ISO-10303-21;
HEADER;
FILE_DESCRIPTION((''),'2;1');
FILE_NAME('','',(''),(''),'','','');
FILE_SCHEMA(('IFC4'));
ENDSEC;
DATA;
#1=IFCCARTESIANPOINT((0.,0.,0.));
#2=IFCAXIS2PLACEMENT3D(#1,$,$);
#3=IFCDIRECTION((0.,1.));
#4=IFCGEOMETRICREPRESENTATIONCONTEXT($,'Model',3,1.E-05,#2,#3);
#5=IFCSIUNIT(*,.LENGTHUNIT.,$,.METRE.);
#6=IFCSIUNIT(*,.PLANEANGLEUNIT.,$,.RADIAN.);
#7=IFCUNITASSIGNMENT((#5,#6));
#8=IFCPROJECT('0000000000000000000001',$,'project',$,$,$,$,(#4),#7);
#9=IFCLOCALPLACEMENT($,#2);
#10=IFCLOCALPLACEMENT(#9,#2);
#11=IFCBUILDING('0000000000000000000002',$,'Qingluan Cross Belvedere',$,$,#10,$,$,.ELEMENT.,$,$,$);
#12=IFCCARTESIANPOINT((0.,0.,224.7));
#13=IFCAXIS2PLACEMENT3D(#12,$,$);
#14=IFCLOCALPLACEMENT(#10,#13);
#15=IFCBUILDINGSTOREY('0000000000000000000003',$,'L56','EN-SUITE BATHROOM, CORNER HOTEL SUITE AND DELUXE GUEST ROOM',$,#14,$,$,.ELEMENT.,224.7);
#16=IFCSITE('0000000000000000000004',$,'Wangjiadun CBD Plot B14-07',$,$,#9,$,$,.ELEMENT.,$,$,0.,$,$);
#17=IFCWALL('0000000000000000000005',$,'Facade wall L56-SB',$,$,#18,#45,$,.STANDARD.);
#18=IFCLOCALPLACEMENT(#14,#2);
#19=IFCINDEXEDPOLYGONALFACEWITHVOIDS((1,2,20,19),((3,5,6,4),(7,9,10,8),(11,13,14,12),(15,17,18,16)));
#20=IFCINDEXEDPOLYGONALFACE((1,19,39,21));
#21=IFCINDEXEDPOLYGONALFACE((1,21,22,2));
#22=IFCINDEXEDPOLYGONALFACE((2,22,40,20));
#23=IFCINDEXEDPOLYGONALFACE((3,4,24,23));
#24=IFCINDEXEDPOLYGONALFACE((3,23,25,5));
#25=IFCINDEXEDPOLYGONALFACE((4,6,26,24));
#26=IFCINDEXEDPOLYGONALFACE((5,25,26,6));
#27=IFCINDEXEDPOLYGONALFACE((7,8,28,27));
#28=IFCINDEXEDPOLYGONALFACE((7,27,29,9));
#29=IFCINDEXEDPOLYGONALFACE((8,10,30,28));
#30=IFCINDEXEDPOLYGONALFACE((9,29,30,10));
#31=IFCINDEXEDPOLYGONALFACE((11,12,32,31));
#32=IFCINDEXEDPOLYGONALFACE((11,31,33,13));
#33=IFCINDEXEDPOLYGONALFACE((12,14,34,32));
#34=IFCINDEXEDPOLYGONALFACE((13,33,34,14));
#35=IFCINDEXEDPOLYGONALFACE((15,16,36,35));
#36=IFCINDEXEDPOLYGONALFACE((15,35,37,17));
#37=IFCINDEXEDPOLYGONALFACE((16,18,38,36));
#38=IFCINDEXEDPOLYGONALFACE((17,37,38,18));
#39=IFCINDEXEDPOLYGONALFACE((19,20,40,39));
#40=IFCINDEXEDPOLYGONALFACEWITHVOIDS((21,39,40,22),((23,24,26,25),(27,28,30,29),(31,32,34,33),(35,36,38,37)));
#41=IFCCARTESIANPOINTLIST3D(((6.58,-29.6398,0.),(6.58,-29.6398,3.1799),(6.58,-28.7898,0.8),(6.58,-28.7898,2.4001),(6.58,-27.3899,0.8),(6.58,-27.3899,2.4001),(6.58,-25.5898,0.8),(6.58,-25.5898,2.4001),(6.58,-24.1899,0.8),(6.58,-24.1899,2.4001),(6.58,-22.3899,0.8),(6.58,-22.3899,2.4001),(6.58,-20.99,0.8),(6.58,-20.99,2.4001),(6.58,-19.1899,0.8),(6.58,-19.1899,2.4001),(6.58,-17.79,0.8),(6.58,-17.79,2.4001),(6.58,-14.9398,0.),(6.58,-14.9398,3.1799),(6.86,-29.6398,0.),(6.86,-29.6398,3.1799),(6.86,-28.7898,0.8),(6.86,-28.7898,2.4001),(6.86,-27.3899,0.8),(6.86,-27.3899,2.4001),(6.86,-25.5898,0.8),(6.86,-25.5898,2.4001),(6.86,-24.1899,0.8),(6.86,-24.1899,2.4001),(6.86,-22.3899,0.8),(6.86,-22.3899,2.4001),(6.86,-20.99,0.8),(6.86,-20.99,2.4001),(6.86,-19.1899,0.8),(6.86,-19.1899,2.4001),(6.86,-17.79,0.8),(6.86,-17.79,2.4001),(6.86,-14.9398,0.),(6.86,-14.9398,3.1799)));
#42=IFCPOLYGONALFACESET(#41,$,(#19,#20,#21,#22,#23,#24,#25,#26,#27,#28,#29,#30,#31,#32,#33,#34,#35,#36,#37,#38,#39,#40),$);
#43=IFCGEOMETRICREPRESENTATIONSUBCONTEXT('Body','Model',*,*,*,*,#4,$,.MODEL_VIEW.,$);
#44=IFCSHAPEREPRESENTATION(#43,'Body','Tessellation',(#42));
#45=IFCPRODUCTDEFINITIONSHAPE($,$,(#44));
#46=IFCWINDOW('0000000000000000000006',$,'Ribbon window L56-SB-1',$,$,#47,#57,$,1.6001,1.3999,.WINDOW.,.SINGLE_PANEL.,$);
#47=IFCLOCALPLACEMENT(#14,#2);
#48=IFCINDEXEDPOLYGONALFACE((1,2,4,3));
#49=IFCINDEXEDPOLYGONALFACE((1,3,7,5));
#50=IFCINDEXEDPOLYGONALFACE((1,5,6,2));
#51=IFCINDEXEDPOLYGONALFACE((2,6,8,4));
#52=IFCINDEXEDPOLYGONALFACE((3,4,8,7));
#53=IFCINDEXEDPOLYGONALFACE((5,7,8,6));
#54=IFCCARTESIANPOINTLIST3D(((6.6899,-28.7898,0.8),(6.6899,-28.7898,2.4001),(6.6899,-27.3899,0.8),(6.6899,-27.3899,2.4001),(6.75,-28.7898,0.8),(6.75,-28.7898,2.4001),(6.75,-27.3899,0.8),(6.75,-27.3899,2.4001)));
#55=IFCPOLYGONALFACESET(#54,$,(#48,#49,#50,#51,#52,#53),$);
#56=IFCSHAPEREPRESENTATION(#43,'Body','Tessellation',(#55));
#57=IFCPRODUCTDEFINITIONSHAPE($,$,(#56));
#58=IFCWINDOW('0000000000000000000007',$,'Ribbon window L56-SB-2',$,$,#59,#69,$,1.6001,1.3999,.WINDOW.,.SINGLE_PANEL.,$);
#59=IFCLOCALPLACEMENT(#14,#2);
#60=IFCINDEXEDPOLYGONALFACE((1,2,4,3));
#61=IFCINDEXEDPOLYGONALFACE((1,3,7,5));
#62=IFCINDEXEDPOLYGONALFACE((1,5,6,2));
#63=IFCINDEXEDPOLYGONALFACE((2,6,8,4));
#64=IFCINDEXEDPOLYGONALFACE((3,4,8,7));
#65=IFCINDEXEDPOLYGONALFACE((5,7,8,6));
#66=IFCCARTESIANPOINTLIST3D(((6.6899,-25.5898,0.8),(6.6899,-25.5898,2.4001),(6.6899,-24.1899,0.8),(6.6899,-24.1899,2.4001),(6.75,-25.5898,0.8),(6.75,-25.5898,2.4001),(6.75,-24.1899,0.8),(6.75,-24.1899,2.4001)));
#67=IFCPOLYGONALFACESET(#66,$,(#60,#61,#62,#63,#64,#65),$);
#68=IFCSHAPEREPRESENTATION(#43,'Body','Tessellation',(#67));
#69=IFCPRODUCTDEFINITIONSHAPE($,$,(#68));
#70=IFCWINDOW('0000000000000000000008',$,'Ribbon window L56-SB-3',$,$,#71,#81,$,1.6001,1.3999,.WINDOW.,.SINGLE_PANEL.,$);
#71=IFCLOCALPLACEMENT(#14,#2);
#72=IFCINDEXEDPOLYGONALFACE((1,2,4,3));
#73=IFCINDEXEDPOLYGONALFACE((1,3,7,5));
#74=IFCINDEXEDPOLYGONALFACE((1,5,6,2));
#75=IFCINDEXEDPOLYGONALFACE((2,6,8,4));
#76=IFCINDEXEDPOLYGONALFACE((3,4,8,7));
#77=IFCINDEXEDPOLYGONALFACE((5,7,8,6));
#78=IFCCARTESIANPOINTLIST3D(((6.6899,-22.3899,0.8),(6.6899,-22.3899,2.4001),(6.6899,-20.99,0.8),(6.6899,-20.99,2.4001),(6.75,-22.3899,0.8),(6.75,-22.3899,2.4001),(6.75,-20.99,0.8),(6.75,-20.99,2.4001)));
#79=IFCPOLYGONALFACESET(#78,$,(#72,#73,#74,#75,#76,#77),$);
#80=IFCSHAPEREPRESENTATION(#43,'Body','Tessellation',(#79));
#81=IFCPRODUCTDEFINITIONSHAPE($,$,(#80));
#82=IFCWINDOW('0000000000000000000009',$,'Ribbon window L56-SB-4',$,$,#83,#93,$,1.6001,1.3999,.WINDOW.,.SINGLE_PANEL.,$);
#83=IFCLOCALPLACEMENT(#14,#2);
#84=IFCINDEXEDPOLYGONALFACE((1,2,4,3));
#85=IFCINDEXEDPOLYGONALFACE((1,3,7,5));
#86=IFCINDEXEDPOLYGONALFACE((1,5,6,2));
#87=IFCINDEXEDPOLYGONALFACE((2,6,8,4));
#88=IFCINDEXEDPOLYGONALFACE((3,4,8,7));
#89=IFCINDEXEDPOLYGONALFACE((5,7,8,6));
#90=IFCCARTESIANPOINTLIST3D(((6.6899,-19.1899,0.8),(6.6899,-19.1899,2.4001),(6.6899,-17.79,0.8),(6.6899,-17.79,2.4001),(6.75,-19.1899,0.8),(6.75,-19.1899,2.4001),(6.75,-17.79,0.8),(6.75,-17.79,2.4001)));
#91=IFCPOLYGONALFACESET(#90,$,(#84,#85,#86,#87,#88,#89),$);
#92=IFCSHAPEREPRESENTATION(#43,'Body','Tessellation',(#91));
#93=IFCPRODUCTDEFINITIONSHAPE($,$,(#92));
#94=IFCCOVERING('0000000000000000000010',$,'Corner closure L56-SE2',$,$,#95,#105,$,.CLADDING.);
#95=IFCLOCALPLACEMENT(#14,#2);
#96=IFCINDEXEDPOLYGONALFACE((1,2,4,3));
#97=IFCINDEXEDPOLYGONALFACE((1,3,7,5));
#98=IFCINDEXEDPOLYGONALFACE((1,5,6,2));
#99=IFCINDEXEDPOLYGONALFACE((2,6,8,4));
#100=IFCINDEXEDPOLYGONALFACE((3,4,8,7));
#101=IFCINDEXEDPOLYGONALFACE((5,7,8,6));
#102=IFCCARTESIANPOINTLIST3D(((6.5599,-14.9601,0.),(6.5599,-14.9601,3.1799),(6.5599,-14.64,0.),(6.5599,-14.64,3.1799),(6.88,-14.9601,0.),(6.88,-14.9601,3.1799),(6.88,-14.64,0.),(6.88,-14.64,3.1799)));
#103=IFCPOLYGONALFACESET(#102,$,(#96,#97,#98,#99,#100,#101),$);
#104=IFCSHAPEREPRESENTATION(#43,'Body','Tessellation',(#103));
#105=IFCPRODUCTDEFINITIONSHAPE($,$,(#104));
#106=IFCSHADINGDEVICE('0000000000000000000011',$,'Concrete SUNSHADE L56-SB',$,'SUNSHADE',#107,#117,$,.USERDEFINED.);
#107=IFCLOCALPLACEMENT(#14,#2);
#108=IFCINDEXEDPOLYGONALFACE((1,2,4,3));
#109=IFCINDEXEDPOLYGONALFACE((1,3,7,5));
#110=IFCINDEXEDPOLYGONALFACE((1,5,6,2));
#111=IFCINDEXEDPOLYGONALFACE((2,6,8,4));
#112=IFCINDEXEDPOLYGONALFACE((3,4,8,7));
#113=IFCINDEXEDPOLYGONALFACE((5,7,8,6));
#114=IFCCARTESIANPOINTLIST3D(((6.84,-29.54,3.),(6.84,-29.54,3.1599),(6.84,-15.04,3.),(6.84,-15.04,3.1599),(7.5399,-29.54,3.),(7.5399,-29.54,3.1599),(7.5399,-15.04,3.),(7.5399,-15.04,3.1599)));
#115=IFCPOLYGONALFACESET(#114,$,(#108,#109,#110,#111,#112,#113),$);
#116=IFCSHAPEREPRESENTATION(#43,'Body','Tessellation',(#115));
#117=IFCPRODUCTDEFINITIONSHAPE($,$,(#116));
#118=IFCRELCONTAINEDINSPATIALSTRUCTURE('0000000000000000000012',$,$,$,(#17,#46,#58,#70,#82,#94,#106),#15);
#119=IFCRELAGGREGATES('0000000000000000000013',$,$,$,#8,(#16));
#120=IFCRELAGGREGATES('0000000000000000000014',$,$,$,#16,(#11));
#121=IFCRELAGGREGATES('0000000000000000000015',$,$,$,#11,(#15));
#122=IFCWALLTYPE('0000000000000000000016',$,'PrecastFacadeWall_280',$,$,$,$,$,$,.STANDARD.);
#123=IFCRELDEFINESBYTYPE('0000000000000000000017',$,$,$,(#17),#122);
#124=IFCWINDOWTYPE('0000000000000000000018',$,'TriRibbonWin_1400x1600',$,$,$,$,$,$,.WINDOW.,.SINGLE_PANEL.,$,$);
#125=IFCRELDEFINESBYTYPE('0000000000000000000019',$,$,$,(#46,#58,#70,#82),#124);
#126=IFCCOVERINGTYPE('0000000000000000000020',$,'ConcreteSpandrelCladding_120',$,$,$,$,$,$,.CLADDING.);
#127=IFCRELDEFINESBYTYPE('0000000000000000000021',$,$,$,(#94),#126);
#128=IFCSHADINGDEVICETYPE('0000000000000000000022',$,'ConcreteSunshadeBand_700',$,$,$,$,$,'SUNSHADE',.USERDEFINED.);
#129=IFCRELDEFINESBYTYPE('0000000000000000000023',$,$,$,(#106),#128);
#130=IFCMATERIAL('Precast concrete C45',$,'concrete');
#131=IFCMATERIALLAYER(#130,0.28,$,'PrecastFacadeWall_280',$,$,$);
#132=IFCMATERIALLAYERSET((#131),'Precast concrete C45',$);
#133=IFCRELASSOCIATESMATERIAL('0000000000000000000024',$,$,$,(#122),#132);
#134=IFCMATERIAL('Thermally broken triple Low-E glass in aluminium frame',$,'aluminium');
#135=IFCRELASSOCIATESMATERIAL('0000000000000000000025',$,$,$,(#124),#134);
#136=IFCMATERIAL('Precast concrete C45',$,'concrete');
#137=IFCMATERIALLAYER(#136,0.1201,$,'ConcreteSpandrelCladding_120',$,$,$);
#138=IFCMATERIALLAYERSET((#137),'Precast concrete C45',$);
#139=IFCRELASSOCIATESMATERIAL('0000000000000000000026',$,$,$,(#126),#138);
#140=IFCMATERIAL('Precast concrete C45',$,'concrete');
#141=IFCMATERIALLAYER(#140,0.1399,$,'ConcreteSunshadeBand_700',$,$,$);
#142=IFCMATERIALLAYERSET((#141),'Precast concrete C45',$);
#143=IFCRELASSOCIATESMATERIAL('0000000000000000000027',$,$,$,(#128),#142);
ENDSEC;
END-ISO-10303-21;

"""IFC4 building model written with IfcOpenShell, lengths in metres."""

from ifc_helpers import new_model, si_unit, direction, frame, frame_2d, origin, origin_2d, place, context, subcontext, project, spatial, rectangle, extrude, material, layer, layer_set, type_object, element, fill, save


model = new_model("IFC4")

# Units and contexts
model_context = context("Model", 3, precision=1e-05, world=origin(), true_north=direction((0.0, 1.0)))
body_context = subcontext(model_context, "Body", "Model", "MODEL_VIEW")
ifc_project = project(units=[si_unit("LENGTHUNIT", "METRE"), si_unit("PLANEANGLEUNIT", "RADIAN")], contexts=[model_context])

# Site, building, storey
site_placement = place(None, origin())
site = spatial("IfcSite", under=ifc_project, at=site_placement, Name="Wangjiadun CBD Plot B14-07", CompositionType="ELEMENT", RefElevation=0.0)
building_placement = place(site_placement, origin())
building = spatial("IfcBuilding", under=site, at=building_placement, Name="Qingluan Cross Belvedere", CompositionType="ELEMENT")
storey_placement = place(building_placement, frame((0.0, 0.0, 224.7)))
storey = spatial("IfcBuildingStorey", under=building, at=storey_placement, Name="L56", Description="EN-SUITE BATHROOM, CORNER HOTEL SUITE AND DELUXE GUEST ROOM", CompositionType="ELEMENT", Elevation=224.7)

# Wall, openings, windows
ifc_material_1 = material(Name="Precast concrete C45", Category="concrete")
ifc_layer_1 = layer(ifc_material_1, 0.28, Name="PrecastFacadeWall_280")
ifc_layer_set_1 = layer_set([ifc_layer_1], Name="Precast concrete C45")
wall_type_1 = type_object("IfcWallType", Name="PrecastFacadeWall_280", PredefinedType="STANDARD", material=ifc_layer_set_1)
wall_1_placement = place(storey_placement, frame((6.72, -29.6399, 0.0), z_axis=(0.0, 0.0, 1.0), x_axis=(0.0, 1.0, 0.0)))
wall_1 = element("IfcWall", 1, at=wall_1_placement, inside=storey, type_object=wall_type_1, Name="Facade wall L56-SB", PredefinedType="STANDARD", context=body_context, shape_type="SweptSolid", body=[
    extrude(rectangle(XDim=14.7, YDim=0.28, at=frame_2d((7.3501, 0.0))), origin(), (0.0, 0.0, 1.0), 3.1799),
])
opening_1_placement = place(wall_1_placement, frame((0.8501, 0.0, 0.8)))
opening_1 = element("IfcOpeningElement", 2, at=opening_1_placement, cuts=wall_1, PredefinedType="OPENING", context=body_context, shape_type="SweptSolid", body=[
    extrude(rectangle(XDim=1.3999, YDim=1.6001, at=frame_2d((0.7, 0.8))), frame((0.0, 0.1499, 0.0), z_axis=(0.0, -1.0, 0.0), x_axis=(1.0, 0.0, 0.0)), (0.0, 0.0, 1.0), 0.3),
])
opening_2_placement = place(wall_1_placement, frame((4.05, 0.0, 0.8)))
opening_2 = element("IfcOpeningElement", 3, at=opening_2_placement, cuts=wall_1, PredefinedType="OPENING", context=body_context, shape_type="SweptSolid", body=[
    extrude(rectangle(XDim=1.3999, YDim=1.6001, at=frame_2d((0.7, 0.8))), frame((0.0, 0.1499, 0.0), z_axis=(0.0, -1.0, 0.0), x_axis=(1.0, 0.0, 0.0)), (0.0, 0.0, 1.0), 0.3),
])
opening_3_placement = place(wall_1_placement, frame((7.25, 0.0, 0.8)))
opening_3 = element("IfcOpeningElement", 4, at=opening_3_placement, cuts=wall_1, PredefinedType="OPENING", context=body_context, shape_type="SweptSolid", body=[
    extrude(rectangle(XDim=1.3999, YDim=1.6001, at=frame_2d((0.7, 0.8))), frame((0.0, 0.1499, 0.0), z_axis=(0.0, -1.0, 0.0), x_axis=(1.0, 0.0, 0.0)), (0.0, 0.0, 1.0), 0.3),
])
opening_4_placement = place(wall_1_placement, frame((10.45, 0.0, 0.8)))
opening_4 = element("IfcOpeningElement", 5, at=opening_4_placement, cuts=wall_1, PredefinedType="OPENING", context=body_context, shape_type="SweptSolid", body=[
    extrude(rectangle(XDim=1.3999, YDim=1.6001, at=frame_2d((0.7, 0.8))), frame((0.0, 0.1499, 0.0), z_axis=(0.0, -1.0, 0.0), x_axis=(1.0, 0.0, 0.0)), (0.0, 0.0, 1.0), 0.3),
])
ifc_material_2 = material(Name="Thermally broken triple Low-E glass in aluminium frame", Category="aluminium")
window_type = type_object("IfcWindowType", Name="TriRibbonWin_1400x1600", PartitioningType="SINGLE_PANEL", PredefinedType="WINDOW", material=ifc_material_2)
window_1_placement = place(opening_1_placement, origin())
window_1 = element("IfcWindow", 6, at=window_1_placement, inside=storey, type_object=window_type, Name="Ribbon window L56-SB-1", OverallHeight=1.6001, OverallWidth=1.3999, PartitioningType="SINGLE_PANEL", PredefinedType="WINDOW", context=body_context, shape_type="SweptSolid", body=[
    extrude(rectangle(XDim=1.3999, YDim=1.6001, at=frame_2d((0.7, 0.8))), frame((0.0, 0.03, 0.0), z_axis=(0.0, -1.0, 0.0), x_axis=(1.0, 0.0, 0.0)), (0.0, 0.0, 1.0), 0.0601),
])
fill(opening_1, window_1)
window_2_placement = place(opening_2_placement, origin())
window_2 = element("IfcWindow", 7, at=window_2_placement, inside=storey, type_object=window_type, Name="Ribbon window L56-SB-2", OverallHeight=1.6001, OverallWidth=1.3999, PartitioningType="SINGLE_PANEL", PredefinedType="WINDOW", context=body_context, shape_type="SweptSolid", body=[
    extrude(rectangle(XDim=1.3999, YDim=1.6001, at=frame_2d((0.7, 0.8))), frame((0.0, 0.03, 0.0), z_axis=(0.0, -1.0, 0.0), x_axis=(1.0, 0.0, 0.0)), (0.0, 0.0, 1.0), 0.0601),
])
fill(opening_2, window_2)
window_3_placement = place(opening_3_placement, origin())
window_3 = element("IfcWindow", 8, at=window_3_placement, inside=storey, type_object=window_type, Name="Ribbon window L56-SB-3", OverallHeight=1.6001, OverallWidth=1.3999, PartitioningType="SINGLE_PANEL", PredefinedType="WINDOW", context=body_context, shape_type="SweptSolid", body=[
    extrude(rectangle(XDim=1.3999, YDim=1.6001, at=frame_2d((0.7, 0.8))), frame((0.0, 0.03, 0.0), z_axis=(0.0, -1.0, 0.0), x_axis=(1.0, 0.0, 0.0)), (0.0, 0.0, 1.0), 0.0601),
])
fill(opening_3, window_3)
window_4_placement = place(opening_4_placement, origin())
window_4 = element("IfcWindow", 9, at=window_4_placement, inside=storey, type_object=window_type, Name="Ribbon window L56-SB-4", OverallHeight=1.6001, OverallWidth=1.3999, PartitioningType="SINGLE_PANEL", PredefinedType="WINDOW", context=body_context, shape_type="SweptSolid", body=[
    extrude(rectangle(XDim=1.3999, YDim=1.6001, at=frame_2d((0.7, 0.8))), frame((0.0, 0.03, 0.0), z_axis=(0.0, -1.0, 0.0), x_axis=(1.0, 0.0, 0.0)), (0.0, 0.0, 1.0), 0.0601),
])
fill(opening_4, window_4)

# Covering
ifc_material_3 = material(Name="Precast concrete C45", Category="concrete")
ifc_layer_2 = layer(ifc_material_3, 0.1201, Name="ConcreteSpandrelCladding_120")
ifc_layer_set_2 = layer_set([ifc_layer_2], Name="Precast concrete C45")
covering_type = type_object("IfcCoveringType", Name="ConcreteSpandrelCladding_120", PredefinedType="CLADDING", material=ifc_layer_set_2)
covering_placement = place(storey_placement, frame((6.72, -14.8, 0.0), z_axis=(0.0, 0.0, 1.0), x_axis=(1.0, 0.0, 0.0)))
element("IfcCovering", 10, at=covering_placement, inside=storey, type_object=covering_type, Name="Corner closure L56-SE2", PredefinedType="CLADDING", context=body_context, shape_type="SweptSolid", body=[
    extrude(rectangle(XDim=0.3201, YDim=0.3201, at=origin_2d()), origin(), (0.0, 0.0, 1.0), 3.1799),
])

# Shading device
ifc_material_4 = material(Name="Precast concrete C45", Category="concrete")
ifc_layer_3 = layer(ifc_material_4, 0.1399, Name="ConcreteSunshadeBand_700")
ifc_layer_set_3 = layer_set([ifc_layer_3], Name="Precast concrete C45")
shading_device_type = type_object("IfcShadingDeviceType", Name="ConcreteSunshadeBand_700", ElementType="SUNSHADE", PredefinedType="USERDEFINED", material=ifc_layer_set_3)
shading_device_placement = place(storey_placement, frame((7.1899, -22.29, 3.0), z_axis=(0.0, 0.0, 1.0), x_axis=(0.0, 1.0, 0.0)))
element("IfcShadingDevice", 11, at=shading_device_placement, inside=storey, type_object=shading_device_type, Name="Concrete SUNSHADE L56-SB", ObjectType="SUNSHADE", PredefinedType="USERDEFINED", context=body_context, shape_type="SweptSolid", body=[
    extrude(rectangle(XDim=14.5, YDim=0.7, at=origin_2d()), origin(), (0.0, 0.0, 1.0), 0.1599),
])

save(model, "model.ifc")
